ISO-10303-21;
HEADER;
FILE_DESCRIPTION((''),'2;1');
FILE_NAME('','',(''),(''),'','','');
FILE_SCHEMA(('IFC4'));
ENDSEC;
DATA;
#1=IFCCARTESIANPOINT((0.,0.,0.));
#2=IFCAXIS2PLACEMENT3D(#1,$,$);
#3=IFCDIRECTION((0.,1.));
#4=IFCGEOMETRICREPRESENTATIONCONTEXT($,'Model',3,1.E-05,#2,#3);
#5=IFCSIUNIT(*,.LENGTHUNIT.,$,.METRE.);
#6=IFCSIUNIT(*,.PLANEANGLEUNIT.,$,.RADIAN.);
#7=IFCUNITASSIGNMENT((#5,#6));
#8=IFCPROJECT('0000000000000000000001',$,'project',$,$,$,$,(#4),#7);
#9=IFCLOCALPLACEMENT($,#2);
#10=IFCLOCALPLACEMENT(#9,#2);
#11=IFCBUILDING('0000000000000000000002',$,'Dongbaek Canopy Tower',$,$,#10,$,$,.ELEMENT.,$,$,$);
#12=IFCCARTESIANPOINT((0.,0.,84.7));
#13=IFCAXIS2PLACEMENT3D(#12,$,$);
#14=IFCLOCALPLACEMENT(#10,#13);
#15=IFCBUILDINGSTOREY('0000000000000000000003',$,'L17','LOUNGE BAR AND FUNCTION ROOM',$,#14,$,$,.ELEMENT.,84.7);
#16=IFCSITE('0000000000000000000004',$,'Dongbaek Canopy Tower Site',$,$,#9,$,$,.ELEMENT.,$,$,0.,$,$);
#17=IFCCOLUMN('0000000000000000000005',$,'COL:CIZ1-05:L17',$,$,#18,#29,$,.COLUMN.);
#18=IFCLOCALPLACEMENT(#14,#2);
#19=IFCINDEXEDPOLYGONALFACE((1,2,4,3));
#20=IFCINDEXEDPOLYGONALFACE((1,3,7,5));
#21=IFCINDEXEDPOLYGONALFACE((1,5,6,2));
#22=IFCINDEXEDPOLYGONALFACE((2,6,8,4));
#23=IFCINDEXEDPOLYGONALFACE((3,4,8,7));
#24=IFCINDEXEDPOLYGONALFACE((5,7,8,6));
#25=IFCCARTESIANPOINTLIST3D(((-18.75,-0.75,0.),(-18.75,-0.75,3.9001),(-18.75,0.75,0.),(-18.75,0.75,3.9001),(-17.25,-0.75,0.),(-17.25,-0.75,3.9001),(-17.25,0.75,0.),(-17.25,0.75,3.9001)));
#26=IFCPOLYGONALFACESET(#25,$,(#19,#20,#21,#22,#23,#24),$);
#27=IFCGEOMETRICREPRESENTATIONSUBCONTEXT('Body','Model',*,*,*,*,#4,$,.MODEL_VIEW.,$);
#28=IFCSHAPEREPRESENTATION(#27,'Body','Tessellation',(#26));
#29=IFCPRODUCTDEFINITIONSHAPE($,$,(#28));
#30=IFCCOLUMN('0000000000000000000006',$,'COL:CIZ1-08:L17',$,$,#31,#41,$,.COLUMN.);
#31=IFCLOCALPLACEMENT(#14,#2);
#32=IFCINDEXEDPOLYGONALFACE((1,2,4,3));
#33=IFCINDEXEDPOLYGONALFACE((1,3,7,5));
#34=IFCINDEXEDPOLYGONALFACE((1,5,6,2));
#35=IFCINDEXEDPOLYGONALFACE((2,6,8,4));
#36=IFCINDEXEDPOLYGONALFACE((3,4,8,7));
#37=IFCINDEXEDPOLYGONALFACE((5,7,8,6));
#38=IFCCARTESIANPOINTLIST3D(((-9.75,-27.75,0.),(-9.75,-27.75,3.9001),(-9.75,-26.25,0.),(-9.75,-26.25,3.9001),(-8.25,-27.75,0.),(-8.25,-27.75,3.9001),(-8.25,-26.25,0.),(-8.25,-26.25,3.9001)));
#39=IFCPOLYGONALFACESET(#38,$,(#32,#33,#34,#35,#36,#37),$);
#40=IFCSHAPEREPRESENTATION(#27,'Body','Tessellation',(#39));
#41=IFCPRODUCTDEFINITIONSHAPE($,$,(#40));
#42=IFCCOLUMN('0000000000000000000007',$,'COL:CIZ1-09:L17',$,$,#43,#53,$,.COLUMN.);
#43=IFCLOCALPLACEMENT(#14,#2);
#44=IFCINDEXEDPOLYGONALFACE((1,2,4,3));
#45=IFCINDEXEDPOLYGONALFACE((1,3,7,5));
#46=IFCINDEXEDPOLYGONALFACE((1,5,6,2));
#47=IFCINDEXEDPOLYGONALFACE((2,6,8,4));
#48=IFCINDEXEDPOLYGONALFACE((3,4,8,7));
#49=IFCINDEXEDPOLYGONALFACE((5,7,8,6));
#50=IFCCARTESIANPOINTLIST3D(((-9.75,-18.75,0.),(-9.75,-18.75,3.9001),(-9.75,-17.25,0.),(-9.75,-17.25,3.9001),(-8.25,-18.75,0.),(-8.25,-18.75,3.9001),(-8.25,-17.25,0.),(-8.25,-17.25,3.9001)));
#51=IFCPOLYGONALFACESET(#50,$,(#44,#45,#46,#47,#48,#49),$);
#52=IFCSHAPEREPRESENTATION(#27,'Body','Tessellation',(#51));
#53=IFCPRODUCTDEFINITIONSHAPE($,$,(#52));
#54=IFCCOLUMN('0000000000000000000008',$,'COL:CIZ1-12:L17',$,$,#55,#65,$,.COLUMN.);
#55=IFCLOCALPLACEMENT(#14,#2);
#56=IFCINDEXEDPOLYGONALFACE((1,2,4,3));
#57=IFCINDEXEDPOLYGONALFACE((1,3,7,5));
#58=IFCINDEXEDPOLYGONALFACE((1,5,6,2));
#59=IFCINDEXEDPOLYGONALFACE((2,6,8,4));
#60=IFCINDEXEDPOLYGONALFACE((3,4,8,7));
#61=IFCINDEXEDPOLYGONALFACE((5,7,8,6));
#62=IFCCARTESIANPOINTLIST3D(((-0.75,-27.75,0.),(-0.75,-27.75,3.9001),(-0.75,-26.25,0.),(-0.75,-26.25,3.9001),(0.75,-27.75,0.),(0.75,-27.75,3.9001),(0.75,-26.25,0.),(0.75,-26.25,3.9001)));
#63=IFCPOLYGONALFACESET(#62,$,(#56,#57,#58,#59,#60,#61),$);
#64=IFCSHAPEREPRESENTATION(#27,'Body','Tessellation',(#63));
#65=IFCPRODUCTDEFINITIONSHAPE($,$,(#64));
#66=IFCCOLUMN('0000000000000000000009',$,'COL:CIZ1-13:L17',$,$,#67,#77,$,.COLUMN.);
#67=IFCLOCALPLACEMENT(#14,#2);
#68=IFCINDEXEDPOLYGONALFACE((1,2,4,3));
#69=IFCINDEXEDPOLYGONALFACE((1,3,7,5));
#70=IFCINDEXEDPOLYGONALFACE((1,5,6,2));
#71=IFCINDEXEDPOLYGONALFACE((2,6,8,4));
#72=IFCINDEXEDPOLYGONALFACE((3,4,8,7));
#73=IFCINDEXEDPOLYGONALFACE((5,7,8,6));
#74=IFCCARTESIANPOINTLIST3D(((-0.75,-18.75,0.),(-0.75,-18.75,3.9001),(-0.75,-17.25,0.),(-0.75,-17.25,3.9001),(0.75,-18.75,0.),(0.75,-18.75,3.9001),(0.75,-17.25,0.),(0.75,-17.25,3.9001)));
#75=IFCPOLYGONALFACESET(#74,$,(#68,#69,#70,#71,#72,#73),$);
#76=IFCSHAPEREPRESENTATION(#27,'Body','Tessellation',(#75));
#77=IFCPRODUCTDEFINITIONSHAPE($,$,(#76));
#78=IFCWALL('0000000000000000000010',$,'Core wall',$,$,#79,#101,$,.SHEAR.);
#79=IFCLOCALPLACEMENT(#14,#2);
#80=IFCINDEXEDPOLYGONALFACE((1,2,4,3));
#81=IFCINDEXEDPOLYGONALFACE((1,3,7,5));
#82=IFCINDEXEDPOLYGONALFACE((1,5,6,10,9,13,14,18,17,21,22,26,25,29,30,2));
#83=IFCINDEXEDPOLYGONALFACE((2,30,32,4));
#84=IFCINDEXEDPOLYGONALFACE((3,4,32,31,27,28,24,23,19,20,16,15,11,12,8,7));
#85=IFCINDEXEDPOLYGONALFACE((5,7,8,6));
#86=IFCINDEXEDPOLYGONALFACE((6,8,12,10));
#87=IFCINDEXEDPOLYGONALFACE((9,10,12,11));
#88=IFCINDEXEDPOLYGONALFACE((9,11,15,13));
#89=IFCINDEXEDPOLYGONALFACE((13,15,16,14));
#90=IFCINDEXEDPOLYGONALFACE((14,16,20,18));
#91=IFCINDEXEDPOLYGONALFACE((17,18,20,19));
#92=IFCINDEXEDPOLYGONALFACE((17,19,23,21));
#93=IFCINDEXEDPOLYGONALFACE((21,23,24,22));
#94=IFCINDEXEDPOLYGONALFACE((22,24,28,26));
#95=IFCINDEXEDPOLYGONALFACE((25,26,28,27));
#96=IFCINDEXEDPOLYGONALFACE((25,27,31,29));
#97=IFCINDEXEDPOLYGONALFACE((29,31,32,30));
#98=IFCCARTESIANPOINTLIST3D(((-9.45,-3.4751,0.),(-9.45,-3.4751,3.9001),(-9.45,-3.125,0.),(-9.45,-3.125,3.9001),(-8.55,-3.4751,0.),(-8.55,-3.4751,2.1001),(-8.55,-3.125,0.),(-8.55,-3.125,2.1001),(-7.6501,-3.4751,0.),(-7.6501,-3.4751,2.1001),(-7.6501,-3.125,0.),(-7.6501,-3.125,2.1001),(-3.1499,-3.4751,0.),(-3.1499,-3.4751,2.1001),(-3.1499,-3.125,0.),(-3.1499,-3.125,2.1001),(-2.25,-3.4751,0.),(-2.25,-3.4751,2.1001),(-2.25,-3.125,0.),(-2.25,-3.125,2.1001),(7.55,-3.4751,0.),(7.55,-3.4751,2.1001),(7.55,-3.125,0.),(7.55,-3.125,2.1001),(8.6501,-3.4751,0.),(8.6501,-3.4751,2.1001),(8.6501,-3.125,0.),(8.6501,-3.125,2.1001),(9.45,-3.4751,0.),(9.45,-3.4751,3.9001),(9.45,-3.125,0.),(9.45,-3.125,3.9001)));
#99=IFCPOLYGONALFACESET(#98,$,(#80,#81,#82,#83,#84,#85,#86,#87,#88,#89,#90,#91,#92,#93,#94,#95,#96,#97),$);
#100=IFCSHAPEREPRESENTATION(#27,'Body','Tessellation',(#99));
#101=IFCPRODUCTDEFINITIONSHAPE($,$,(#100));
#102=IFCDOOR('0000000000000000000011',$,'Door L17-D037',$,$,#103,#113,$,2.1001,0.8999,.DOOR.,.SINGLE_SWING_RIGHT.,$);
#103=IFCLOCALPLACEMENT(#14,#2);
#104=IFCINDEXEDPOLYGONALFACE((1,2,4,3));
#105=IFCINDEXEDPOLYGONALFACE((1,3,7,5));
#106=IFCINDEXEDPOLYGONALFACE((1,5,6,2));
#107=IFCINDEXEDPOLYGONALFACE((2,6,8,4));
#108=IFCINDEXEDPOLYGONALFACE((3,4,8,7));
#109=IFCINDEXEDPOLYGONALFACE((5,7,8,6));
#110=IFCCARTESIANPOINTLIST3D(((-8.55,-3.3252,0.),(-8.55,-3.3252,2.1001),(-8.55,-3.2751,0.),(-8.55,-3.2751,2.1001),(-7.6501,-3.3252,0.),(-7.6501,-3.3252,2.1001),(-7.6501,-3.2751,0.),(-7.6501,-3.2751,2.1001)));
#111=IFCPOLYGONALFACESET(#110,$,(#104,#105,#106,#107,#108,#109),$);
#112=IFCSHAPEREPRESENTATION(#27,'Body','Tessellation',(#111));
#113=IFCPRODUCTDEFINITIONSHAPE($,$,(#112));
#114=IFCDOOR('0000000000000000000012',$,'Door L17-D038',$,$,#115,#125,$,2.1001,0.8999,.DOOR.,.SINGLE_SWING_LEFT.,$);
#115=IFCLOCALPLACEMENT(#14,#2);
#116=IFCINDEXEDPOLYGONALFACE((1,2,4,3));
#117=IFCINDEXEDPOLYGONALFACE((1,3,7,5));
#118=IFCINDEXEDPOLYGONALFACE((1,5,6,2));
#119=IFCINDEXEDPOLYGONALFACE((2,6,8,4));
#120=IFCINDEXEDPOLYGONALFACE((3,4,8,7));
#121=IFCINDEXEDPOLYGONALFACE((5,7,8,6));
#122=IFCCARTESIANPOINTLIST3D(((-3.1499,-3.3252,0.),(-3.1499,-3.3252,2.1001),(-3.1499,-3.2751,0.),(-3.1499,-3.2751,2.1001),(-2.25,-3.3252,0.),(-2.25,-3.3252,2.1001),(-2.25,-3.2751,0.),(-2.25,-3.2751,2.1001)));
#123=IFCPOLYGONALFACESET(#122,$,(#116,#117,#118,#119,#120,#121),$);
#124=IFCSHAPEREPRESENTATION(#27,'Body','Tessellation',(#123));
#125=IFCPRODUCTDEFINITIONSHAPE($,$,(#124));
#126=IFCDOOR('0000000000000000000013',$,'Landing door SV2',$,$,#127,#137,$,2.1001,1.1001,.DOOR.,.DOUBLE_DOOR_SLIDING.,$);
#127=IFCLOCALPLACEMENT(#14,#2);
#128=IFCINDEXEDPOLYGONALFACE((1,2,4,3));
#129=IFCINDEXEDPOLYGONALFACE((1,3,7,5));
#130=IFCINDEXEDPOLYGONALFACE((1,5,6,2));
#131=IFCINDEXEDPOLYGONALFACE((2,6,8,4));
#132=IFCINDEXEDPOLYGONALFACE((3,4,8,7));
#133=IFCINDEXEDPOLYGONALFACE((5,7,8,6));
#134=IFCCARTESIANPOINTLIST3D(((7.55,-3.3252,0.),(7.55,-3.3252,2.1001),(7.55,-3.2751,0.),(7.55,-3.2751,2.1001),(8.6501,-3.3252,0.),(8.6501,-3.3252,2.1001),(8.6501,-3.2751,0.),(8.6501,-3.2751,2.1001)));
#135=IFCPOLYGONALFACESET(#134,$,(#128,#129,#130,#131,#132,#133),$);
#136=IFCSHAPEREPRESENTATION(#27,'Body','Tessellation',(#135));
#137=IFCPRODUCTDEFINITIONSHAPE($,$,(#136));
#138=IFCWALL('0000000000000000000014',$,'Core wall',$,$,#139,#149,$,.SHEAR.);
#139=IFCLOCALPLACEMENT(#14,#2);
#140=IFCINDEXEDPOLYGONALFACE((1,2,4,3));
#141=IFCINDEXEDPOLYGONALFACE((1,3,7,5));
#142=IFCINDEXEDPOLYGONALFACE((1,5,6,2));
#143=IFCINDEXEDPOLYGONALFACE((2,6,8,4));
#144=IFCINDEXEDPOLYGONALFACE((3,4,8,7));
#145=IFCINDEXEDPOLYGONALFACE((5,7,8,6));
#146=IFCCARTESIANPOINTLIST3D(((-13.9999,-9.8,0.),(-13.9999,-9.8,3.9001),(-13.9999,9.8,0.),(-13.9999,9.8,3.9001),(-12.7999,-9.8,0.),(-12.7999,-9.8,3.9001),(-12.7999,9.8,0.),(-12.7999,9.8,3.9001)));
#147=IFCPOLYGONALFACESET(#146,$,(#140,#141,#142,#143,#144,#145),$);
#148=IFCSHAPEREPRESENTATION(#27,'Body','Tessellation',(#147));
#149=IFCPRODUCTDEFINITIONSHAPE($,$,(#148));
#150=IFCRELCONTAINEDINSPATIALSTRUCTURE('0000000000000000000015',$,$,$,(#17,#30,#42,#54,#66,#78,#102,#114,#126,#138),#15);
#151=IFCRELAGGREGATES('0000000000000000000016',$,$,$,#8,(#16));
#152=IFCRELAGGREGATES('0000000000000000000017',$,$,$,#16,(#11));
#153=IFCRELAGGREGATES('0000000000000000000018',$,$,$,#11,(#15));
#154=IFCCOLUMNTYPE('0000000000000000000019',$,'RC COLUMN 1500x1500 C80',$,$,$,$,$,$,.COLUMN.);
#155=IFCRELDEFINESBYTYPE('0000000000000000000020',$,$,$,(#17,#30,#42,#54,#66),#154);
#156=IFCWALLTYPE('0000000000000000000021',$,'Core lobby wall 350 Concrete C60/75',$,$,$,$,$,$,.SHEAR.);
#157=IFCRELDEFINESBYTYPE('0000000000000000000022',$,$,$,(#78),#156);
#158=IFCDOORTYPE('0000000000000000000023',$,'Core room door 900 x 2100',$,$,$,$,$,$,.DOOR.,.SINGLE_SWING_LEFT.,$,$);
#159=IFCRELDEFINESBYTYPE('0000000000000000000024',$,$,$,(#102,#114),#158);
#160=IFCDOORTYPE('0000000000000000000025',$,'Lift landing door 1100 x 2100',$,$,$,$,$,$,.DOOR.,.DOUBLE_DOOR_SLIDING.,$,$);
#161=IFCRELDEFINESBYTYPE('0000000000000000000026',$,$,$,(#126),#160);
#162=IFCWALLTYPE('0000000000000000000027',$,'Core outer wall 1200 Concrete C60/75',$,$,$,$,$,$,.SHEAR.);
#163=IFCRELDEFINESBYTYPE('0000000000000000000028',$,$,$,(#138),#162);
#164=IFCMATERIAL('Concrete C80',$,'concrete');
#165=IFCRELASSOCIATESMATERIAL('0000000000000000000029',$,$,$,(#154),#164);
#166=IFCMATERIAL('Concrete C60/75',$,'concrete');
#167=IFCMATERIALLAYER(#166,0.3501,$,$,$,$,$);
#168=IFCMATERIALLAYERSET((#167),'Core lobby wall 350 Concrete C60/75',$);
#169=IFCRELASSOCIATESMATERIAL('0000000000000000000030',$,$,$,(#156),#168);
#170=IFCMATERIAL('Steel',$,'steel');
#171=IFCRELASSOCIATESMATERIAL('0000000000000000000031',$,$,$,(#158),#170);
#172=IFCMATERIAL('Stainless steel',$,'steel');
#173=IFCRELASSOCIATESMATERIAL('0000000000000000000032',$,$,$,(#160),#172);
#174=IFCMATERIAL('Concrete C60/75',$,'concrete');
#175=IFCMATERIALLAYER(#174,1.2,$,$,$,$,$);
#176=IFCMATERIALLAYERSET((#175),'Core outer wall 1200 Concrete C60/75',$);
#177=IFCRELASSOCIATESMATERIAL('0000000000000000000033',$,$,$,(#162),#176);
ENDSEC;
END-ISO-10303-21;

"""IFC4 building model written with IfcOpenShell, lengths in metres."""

from ifc_helpers import new_model, si_unit, direction, frame, frame_2d, origin, origin_2d, place, context, subcontext, project, spatial, rectangle, extrude, material, layer, layer_set, material_profile, profile_set, type_object, element, fill, save


model = new_model("IFC4")

# Units and contexts
model_context = context("Model", 3, precision=1e-05, world=origin(), true_north=direction((0.0, 1.0)))
body_context = subcontext(model_context, "Body", "Model", "MODEL_VIEW")
ifc_project = project(units=[si_unit("LENGTHUNIT", "METRE"), si_unit("PLANEANGLEUNIT", "RADIAN")], contexts=[model_context])

# Site, building, storey
site_placement = place(None, origin())
site = spatial("IfcSite", under=ifc_project, at=site_placement, Name="Dongbaek Canopy Tower Site", CompositionType="ELEMENT", RefElevation=0.0)
building_placement = place(site_placement, origin())
building = spatial("IfcBuilding", under=site, at=building_placement, Name="Dongbaek Canopy Tower", CompositionType="ELEMENT")
storey_placement = place(building_placement, frame((0.0, 0.0, 84.7)))
storey = spatial("IfcBuildingStorey", under=building, at=storey_placement, Name="L17", Description="LOUNGE BAR AND FUNCTION ROOM", CompositionType="ELEMENT", Elevation=84.7)

# Columns
ifc_material_1 = material(Name="Concrete C80", Category="concrete")
ifc_material_profile = material_profile(ifc_material_1, rectangle(XDim=1.5, YDim=1.5, at=origin_2d()), Name="RC COLUMN 1500x1500 C80")
ifc_profile_set = profile_set([ifc_material_profile], Name="Concrete C80")
column_type = type_object("IfcColumnType", Name="RC COLUMN 1500x1500 C80", PredefinedType="COLUMN", material=ifc_profile_set)
for number, where, z_axis, x_axis, name in (
    (1, (-18.0, 0.0, 0.0), (0.0, 0.0, 1.0), (1.0, 0.0, 0.0), "COL:CIZ1-05:L17"),
    (2, (-9.0, -27.0, 0.0), (0.0, 0.0, 1.0), (1.0, 0.0, 0.0), "COL:CIZ1-08:L17"),
    (3, (-9.0, -18.0, 0.0), (0.0, 0.0, 1.0), (1.0, 0.0, 0.0), "COL:CIZ1-09:L17"),
    (4, (0.0, -27.0, 0.0), (0.0, 0.0, 1.0), (1.0, 0.0, 0.0), "COL:CIZ1-12:L17"),
    (5, (0.0, -18.0, 0.0), (0.0, 0.0, 1.0), (1.0, 0.0, 0.0), "COL:CIZ1-13:L17"),
):
    element("IfcColumn", number, at=place(storey_placement, frame(where, z_axis=z_axis, x_axis=x_axis)), inside=storey, type_object=column_type, Name=name, PredefinedType="COLUMN", context=body_context, shape_type="SweptSolid", body=[
        extrude(rectangle(XDim=1.5, YDim=1.5, at=origin_2d()), origin(), (0.0, 0.0, 1.0), 3.9001),
    ])

# Wall, openings, doors
ifc_material_2 = material(Name="Concrete C60/75", Category="concrete")
ifc_layer_1 = layer(ifc_material_2, 0.3501)
ifc_layer_set_1 = layer_set([ifc_layer_1], Name="Core lobby wall 350 Concrete C60/75")
wall_type_1 = type_object("IfcWallType", Name="Core lobby wall 350 Concrete C60/75", PredefinedType="SHEAR", material=ifc_layer_set_1)
wall_1_placement = place(storey_placement, frame((-9.45, -3.3, 0.0), z_axis=(0.0, 0.0, 1.0), x_axis=(1.0, 0.0, 0.0)))
wall_1 = element("IfcWall", 6, at=wall_1_placement, inside=storey, type_object=wall_type_1, Name="Core wall", PredefinedType="SHEAR", context=body_context, shape_type="SweptSolid", body=[
    extrude(rectangle(XDim=18.8999, YDim=0.3501, at=frame_2d((9.45, 0.0))), origin(), (0.0, 0.0, 1.0), 3.9001),
])
opening_1_placement = place(wall_1_placement, frame((17.0, 0.0, 0.0)))
opening_1 = element("IfcOpeningElement", 7, at=opening_1_placement, cuts=wall_1, PredefinedType="OPENING", context=body_context, shape_type="SweptSolid", body=[
    extrude(rectangle(XDim=1.1001, YDim=2.1001, at=frame_2d((0.55, 1.05))), frame((0.0, 0.1851, 0.0), z_axis=(0.0, -1.0, 0.0), x_axis=(1.0, 0.0, 0.0)), (0.0, 0.0, 1.0), 0.3701),
])
opening_2_placement = place(wall_1_placement, frame((0.8999, 0.0, 0.0)))
opening_2 = element("IfcOpeningElement", 8, at=opening_2_placement, cuts=wall_1, PredefinedType="OPENING", context=body_context, shape_type="SweptSolid", body=[
    extrude(rectangle(XDim=0.8999, YDim=2.1001, at=frame_2d((0.45, 1.05))), frame((0.0, 0.1851, 0.0), z_axis=(0.0, -1.0, 0.0), x_axis=(1.0, 0.0, 0.0)), (0.0, 0.0, 1.0), 0.3701),
])
opening_3_placement = place(wall_1_placement, frame((6.3, 0.0, 0.0)))
opening_3 = element("IfcOpeningElement", 9, at=opening_3_placement, cuts=wall_1, PredefinedType="OPENING", context=body_context, shape_type="SweptSolid", body=[
    extrude(rectangle(XDim=0.8999, YDim=2.1001, at=frame_2d((0.45, 1.05))), frame((0.0, 0.1851, 0.0), z_axis=(0.0, -1.0, 0.0), x_axis=(1.0, 0.0, 0.0)), (0.0, 0.0, 1.0), 0.3701),
])
ifc_material_3 = material(Name="Steel", Category="steel")
door_type_1 = type_object("IfcDoorType", Name="Core room door 900 x 2100", OperationType="SINGLE_SWING_LEFT", PredefinedType="DOOR", material=ifc_material_3)
door_1_placement = place(opening_2_placement, origin())
door_1 = element("IfcDoor", 10, at=door_1_placement, inside=storey, type_object=door_type_1, Name="Door L17-D037", OperationType="SINGLE_SWING_RIGHT", OverallHeight=2.1001, OverallWidth=0.8999, PredefinedType="DOOR", context=body_context, shape_type="SweptSolid", body=[
    extrude(rectangle(XDim=0.8999, YDim=2.1001, at=frame_2d((0.45, 1.05))), frame((0.0, 0.0249, 0.0), z_axis=(0.0, -1.0, 0.0), x_axis=(1.0, 0.0, 0.0)), (0.0, 0.0, 1.0), 0.05),
])
fill(opening_2, door_1)
door_2_placement = place(opening_3_placement, origin())
door_2 = element("IfcDoor", 11, at=door_2_placement, inside=storey, type_object=door_type_1, Name="Door L17-D038", OperationType="SINGLE_SWING_LEFT", OverallHeight=2.1001, OverallWidth=0.8999, PredefinedType="DOOR", context=body_context, shape_type="SweptSolid", body=[
    extrude(rectangle(XDim=0.8999, YDim=2.1001, at=frame_2d((0.45, 1.05))), frame((0.0, 0.0249, 0.0), z_axis=(0.0, -1.0, 0.0), x_axis=(1.0, 0.0, 0.0)), (0.0, 0.0, 1.0), 0.05),
])
fill(opening_3, door_2)
ifc_material_4 = material(Name="Stainless steel", Category="steel")
door_type_2 = type_object("IfcDoorType", Name="Lift landing door 1100 x 2100", OperationType="DOUBLE_DOOR_SLIDING", PredefinedType="DOOR", material=ifc_material_4)
door_3_placement = place(opening_1_placement, origin())
door_3 = element("IfcDoor", 12, at=door_3_placement, inside=storey, type_object=door_type_2, Name="Landing door SV2", OperationType="DOUBLE_DOOR_SLIDING", OverallHeight=2.1001, OverallWidth=1.1001, PredefinedType="DOOR", context=body_context, shape_type="SweptSolid", body=[
    extrude(rectangle(XDim=1.1001, YDim=2.1001, at=frame_2d((0.55, 1.05))), frame((0.0, 0.0249, 0.0), z_axis=(0.0, -1.0, 0.0), x_axis=(1.0, 0.0, 0.0)), (0.0, 0.0, 1.0), 0.05),
])
fill(opening_1, door_3)

# Wall
ifc_material_5 = material(Name="Concrete C60/75", Category="concrete")
ifc_layer_2 = layer(ifc_material_5, 1.2)
ifc_layer_set_2 = layer_set([ifc_layer_2], Name="Core outer wall 1200 Concrete C60/75")
wall_type_2 = type_object("IfcWallType", Name="Core outer wall 1200 Concrete C60/75", PredefinedType="SHEAR", material=ifc_layer_set_2)
wall_2_placement = place(storey_placement, frame((-13.3999, -9.8, 0.0), z_axis=(0.0, 0.0, 1.0), x_axis=(0.0, 1.0, 0.0)))
element("IfcWall", 13, at=wall_2_placement, inside=storey, type_object=wall_type_2, Name="Core wall", PredefinedType="SHEAR", context=body_context, shape_type="SweptSolid", body=[
    extrude(rectangle(XDim=19.6001, YDim=1.2, at=frame_2d((9.8, 0.0))), origin(), (0.0, 0.0, 1.0), 3.9001),
])

save(model, "model.ifc")
